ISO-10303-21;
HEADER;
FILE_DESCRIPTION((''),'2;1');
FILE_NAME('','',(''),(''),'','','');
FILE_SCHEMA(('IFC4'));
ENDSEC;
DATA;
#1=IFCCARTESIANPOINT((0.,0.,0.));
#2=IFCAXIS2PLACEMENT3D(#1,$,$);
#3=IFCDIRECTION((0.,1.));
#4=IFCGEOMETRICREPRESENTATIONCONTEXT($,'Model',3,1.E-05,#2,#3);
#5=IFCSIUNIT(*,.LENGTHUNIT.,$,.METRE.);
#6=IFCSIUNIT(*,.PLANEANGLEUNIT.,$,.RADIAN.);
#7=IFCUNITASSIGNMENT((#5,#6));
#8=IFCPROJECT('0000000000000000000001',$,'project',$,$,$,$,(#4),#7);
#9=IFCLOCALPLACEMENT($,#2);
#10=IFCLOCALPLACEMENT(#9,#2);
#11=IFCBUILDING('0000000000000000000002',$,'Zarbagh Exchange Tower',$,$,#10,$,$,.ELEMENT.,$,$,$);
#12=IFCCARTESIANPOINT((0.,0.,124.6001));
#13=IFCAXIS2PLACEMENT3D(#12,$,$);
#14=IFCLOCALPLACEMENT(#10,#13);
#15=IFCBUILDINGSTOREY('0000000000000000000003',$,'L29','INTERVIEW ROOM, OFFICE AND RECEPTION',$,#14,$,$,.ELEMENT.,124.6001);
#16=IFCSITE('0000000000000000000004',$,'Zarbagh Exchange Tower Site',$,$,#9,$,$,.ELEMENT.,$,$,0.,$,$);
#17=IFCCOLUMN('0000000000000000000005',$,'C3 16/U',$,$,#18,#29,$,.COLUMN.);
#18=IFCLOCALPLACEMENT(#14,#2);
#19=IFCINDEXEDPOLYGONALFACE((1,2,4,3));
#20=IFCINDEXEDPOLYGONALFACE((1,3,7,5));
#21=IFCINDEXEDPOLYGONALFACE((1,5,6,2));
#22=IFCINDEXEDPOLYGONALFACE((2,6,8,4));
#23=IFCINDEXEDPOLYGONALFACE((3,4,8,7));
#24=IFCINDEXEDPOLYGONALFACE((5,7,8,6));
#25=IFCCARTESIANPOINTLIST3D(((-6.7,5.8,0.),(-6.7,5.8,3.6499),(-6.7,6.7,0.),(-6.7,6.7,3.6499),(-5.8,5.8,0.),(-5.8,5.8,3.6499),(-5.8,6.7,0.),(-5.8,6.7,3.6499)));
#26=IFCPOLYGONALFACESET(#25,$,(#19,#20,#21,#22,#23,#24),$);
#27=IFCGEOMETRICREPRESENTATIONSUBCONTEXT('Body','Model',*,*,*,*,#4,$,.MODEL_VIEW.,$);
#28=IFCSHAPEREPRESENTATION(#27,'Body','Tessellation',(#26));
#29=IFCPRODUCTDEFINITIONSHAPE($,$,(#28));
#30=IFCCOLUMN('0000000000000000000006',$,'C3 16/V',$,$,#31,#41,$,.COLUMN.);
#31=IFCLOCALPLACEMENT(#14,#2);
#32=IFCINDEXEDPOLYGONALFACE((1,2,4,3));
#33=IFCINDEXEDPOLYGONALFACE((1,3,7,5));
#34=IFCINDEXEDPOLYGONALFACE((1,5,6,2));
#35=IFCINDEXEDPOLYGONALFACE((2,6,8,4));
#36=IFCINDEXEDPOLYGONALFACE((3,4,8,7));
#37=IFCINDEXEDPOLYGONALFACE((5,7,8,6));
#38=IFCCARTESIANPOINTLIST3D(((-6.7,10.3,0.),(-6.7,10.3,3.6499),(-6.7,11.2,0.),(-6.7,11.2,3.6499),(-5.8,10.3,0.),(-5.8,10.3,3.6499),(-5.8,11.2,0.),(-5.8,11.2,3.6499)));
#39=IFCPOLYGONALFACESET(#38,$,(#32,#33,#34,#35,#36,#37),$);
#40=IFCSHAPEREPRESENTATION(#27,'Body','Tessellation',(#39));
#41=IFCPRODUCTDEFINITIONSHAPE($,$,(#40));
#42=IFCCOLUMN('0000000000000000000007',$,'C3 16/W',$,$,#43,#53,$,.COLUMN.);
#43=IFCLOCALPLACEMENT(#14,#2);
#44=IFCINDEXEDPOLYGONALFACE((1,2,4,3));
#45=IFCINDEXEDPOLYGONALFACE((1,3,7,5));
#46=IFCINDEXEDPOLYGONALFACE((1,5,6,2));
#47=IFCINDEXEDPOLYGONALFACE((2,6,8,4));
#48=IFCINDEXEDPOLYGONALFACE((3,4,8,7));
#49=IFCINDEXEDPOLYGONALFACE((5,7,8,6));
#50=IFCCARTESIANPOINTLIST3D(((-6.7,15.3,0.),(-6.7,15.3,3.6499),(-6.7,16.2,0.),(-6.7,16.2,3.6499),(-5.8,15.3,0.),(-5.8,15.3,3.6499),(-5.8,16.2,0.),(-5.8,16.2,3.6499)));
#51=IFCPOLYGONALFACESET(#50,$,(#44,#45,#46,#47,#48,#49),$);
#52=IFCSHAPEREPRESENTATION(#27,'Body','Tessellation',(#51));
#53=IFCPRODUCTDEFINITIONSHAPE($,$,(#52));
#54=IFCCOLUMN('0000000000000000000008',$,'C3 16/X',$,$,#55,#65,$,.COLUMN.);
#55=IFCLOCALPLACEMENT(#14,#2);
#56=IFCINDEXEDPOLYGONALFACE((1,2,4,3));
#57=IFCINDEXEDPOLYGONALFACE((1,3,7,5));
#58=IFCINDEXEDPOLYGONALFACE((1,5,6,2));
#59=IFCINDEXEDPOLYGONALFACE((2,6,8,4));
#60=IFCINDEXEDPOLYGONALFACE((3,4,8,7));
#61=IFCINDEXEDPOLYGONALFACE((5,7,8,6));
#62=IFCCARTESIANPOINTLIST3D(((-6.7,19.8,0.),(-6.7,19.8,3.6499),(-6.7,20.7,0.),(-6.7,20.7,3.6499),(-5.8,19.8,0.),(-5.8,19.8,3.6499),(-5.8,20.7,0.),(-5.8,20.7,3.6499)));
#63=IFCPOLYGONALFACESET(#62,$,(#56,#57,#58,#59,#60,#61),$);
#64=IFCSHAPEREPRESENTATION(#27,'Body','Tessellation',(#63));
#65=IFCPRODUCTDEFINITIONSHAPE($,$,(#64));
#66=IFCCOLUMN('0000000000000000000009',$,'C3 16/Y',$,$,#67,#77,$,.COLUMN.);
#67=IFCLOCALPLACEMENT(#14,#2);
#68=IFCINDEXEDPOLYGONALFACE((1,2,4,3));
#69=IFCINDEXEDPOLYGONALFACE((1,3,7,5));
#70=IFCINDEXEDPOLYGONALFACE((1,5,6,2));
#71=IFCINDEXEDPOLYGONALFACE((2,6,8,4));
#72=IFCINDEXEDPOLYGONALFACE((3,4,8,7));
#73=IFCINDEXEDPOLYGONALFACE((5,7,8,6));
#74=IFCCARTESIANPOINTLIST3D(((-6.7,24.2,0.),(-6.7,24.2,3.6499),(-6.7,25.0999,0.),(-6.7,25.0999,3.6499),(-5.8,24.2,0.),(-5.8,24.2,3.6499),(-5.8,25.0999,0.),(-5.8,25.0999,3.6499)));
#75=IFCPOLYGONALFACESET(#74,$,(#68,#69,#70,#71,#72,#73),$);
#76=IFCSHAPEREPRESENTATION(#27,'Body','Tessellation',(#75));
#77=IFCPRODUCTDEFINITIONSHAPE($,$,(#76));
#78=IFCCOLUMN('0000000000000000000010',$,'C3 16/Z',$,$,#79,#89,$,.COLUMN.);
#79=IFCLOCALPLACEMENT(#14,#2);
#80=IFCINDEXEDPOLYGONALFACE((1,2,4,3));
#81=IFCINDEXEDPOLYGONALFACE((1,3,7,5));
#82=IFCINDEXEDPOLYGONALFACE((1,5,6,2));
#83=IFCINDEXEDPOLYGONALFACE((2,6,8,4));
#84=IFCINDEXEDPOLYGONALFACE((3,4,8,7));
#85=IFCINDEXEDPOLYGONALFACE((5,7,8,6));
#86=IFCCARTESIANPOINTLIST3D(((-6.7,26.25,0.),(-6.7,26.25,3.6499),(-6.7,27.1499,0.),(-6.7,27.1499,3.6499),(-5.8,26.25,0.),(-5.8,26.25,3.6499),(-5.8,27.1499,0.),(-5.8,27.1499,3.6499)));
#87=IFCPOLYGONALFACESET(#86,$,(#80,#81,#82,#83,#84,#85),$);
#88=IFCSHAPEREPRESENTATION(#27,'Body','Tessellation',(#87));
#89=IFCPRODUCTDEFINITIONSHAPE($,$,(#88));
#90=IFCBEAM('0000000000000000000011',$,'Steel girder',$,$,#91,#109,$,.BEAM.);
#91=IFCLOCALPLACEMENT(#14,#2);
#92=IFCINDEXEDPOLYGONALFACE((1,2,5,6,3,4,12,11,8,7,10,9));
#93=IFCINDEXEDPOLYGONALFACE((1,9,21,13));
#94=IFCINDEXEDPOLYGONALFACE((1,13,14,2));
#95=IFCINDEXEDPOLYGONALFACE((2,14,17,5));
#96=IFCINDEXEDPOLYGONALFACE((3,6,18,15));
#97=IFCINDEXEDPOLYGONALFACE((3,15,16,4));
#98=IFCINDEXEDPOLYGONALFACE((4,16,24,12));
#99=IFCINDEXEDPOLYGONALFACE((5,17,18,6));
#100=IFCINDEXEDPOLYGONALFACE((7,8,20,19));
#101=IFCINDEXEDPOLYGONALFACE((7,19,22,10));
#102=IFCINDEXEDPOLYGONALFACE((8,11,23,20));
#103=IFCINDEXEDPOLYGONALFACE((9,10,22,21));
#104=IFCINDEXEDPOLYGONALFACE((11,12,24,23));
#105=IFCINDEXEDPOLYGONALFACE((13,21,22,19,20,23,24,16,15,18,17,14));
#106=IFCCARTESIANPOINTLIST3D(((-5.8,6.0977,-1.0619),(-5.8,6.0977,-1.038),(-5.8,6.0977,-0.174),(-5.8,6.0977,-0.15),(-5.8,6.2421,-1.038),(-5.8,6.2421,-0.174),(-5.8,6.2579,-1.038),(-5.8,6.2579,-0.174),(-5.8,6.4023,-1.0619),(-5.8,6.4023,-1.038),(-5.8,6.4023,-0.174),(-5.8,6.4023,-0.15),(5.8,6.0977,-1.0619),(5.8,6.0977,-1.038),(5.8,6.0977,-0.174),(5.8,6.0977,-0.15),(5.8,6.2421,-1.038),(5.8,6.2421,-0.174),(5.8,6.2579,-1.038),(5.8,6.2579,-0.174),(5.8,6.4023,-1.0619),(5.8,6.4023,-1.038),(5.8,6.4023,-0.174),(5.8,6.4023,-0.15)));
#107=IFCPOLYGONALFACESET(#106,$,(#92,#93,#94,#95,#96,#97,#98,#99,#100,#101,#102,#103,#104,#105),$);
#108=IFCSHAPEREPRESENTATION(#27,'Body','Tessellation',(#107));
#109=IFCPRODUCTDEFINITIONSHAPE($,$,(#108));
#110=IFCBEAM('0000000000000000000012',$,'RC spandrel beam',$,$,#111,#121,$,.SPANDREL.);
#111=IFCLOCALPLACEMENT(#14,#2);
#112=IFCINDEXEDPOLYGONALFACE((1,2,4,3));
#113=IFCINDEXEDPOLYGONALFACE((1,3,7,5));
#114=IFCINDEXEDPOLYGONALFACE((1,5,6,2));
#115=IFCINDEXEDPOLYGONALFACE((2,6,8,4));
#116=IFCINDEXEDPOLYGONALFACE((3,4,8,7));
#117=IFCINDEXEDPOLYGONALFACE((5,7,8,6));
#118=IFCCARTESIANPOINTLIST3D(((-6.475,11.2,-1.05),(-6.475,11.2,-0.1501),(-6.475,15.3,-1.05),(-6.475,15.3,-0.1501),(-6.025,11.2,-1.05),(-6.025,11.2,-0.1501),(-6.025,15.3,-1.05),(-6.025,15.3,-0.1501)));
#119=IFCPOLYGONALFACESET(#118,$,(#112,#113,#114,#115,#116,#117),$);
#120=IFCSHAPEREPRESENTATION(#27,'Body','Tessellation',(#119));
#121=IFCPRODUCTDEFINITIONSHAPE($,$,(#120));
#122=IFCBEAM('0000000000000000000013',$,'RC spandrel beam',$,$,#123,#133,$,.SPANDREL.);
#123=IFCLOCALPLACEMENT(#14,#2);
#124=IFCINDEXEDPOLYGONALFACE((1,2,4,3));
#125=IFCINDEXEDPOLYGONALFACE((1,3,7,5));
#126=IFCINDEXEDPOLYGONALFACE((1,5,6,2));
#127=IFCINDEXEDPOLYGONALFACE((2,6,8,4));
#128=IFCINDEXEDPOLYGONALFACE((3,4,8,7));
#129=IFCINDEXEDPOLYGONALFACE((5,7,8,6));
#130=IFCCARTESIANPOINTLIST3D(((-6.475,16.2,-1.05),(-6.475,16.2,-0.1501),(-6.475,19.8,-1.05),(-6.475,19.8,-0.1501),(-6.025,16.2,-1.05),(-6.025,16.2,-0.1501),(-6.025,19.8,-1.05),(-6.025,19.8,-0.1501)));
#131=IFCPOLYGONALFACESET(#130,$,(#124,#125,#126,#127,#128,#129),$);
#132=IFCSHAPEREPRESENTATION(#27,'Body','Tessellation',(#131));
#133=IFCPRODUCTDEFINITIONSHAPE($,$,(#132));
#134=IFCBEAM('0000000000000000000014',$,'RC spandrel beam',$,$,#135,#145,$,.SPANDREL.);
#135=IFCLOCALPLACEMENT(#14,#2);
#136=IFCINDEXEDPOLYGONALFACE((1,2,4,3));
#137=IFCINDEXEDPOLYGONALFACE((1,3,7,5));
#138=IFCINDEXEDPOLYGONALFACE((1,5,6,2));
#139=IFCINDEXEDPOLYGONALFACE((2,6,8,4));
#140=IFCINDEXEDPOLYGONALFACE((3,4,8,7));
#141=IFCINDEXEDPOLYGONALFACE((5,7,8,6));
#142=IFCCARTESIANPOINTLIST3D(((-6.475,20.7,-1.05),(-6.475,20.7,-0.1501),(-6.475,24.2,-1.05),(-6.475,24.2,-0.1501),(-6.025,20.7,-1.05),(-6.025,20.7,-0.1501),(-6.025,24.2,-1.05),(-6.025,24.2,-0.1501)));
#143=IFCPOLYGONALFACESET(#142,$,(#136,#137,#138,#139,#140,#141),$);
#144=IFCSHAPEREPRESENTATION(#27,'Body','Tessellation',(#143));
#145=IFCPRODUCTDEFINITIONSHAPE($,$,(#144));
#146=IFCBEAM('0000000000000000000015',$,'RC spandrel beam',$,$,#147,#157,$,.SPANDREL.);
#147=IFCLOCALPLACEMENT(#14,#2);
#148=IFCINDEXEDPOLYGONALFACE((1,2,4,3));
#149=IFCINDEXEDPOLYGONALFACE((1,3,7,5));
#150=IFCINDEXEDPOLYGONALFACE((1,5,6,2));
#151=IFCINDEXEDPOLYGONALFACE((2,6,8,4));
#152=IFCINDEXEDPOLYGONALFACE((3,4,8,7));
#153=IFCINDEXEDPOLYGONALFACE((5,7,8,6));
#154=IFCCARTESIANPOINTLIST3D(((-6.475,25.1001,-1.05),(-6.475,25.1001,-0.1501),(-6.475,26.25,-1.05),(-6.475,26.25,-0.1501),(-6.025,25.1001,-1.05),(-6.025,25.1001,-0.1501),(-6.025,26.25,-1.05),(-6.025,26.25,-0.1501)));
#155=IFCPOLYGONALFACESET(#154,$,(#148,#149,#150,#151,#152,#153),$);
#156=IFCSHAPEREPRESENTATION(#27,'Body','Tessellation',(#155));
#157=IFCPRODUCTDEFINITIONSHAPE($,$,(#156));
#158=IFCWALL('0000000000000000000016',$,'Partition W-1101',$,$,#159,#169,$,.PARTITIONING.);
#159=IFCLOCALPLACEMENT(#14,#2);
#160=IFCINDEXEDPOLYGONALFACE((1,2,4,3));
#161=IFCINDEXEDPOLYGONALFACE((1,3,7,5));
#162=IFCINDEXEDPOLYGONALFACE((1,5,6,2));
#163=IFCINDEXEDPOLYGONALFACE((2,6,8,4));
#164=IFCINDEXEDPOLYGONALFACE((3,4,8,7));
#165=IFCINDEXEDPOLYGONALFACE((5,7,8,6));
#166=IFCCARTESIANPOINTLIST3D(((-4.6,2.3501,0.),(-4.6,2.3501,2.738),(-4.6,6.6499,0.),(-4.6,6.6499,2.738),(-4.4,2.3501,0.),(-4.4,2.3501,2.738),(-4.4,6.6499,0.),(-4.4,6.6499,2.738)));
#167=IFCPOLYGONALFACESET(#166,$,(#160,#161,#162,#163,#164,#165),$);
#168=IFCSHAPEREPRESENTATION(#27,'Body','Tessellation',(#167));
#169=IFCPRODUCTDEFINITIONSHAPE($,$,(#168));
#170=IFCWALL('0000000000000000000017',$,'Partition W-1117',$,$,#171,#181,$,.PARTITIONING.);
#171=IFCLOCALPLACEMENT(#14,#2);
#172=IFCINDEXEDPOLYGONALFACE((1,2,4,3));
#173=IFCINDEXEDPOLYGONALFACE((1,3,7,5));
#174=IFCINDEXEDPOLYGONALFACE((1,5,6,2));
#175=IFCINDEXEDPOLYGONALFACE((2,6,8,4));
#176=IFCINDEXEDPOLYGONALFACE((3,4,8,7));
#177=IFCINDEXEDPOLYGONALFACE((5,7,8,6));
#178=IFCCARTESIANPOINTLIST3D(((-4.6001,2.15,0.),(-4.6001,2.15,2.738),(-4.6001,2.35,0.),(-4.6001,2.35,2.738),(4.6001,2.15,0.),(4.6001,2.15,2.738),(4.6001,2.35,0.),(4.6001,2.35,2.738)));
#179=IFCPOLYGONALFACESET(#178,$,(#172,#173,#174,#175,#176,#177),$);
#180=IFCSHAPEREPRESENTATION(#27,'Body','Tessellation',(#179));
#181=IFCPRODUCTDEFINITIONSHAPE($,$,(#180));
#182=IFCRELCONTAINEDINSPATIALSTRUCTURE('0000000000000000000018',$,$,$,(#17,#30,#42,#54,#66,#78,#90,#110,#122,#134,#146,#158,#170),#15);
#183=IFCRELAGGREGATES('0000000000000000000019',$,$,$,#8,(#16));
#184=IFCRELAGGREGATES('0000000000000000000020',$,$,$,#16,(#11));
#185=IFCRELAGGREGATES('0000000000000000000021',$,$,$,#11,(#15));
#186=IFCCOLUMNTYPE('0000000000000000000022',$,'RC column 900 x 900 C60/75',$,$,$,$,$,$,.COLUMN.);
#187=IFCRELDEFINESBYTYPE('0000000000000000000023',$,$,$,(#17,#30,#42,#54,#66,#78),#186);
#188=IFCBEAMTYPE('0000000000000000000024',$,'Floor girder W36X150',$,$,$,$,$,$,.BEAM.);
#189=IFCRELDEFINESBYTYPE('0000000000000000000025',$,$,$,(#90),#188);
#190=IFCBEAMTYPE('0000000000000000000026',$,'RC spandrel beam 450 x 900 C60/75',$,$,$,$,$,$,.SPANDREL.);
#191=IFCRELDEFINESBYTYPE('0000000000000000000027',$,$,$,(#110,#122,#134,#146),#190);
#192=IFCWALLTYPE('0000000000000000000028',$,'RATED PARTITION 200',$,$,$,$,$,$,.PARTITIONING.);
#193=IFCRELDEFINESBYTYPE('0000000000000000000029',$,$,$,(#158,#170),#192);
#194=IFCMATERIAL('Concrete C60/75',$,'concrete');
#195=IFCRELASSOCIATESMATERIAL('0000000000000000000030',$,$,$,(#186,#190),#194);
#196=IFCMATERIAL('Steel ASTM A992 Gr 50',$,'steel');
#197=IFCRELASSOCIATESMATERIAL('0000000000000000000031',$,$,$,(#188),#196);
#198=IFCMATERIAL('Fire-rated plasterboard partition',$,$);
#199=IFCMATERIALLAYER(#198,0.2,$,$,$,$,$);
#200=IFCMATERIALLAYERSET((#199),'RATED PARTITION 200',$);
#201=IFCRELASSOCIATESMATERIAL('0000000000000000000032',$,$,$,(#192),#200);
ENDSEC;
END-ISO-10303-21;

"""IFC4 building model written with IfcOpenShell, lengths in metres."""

from ifc_helpers import new_model, si_unit, direction, frame, frame_2d, origin, origin_2d, place, context, subcontext, project, spatial, rectangle, i_section, extrude, material, layer, layer_set, material_profile, profile_set, type_object, element, save


model = new_model("IFC4")

# Units and contexts
model_context = context("Model", 3, precision=1e-05, world=origin(), true_north=direction((0.0, 1.0)))
body_context = subcontext(model_context, "Body", "Model", "MODEL_VIEW")
ifc_project = project(units=[si_unit("LENGTHUNIT", "METRE"), si_unit("PLANEANGLEUNIT", "RADIAN")], contexts=[model_context])

# Site, building, storey
site_placement = place(None, origin())
site = spatial("IfcSite", under=ifc_project, at=site_placement, Name="Zarbagh Exchange Tower Site", CompositionType="ELEMENT", RefElevation=0.0)
building_placement = place(site_placement, origin())
building = spatial("IfcBuilding", under=site, at=building_placement, Name="Zarbagh Exchange Tower", CompositionType="ELEMENT")
storey_placement = place(building_placement, frame((0.0, 0.0, 124.6001)))
storey = spatial("IfcBuildingStorey", under=building, at=storey_placement, Name="L29", Description="INTERVIEW ROOM, OFFICE AND RECEPTION", CompositionType="ELEMENT", Elevation=124.6001)

# Columns
ifc_material_1 = material(Name="Concrete C60/75", Category="concrete")
ifc_material_profile_1 = material_profile(ifc_material_1, rectangle(XDim=0.8999, YDim=0.8999, at=origin_2d()), Name="RC column 900 x 900 C60/75")
ifc_profile_set_1 = profile_set([ifc_material_profile_1], Name="Concrete C60/75")
column_type = type_object("IfcColumnType", Name="RC column 900 x 900 C60/75", PredefinedType="COLUMN", material=ifc_profile_set_1)
for number, where, z_axis, x_axis, name in (
    (1, (-6.25, 6.25, 0.0), (0.0, 0.0, 1.0), (1.0, 0.0, 0.0), "C3 16/U"),
    (2, (-6.25, 10.75, 0.0), (0.0, 0.0, 1.0), (1.0, 0.0, 0.0), "C3 16/V"),
    (3, (-6.25, 15.75, 0.0), (0.0, 0.0, 1.0), (1.0, 0.0, 0.0), "C3 16/W"),
    (4, (-6.25, 20.25, 0.0), (0.0, 0.0, 1.0), (1.0, 0.0, 0.0), "C3 16/X"),
    (5, (-6.25, 24.6499, 0.0), (0.0, 0.0, 1.0), (1.0, 0.0, 0.0), "C3 16/Y"),
    (6, (-6.25, 26.7, 0.0), (0.0, 0.0, 1.0), (1.0, 0.0, 0.0), "C3 16/Z"),
):
    element("IfcColumn", number, at=place(storey_placement, frame(where, z_axis=z_axis, x_axis=x_axis)), inside=storey, type_object=column_type, Name=name, PredefinedType="COLUMN", context=body_context, shape_type="SweptSolid", body=[
        extrude(rectangle(XDim=0.8999, YDim=0.8999, at=origin_2d()), origin(), (0.0, 0.0, 1.0), 3.6499),
    ])

# Beams
ifc_material_2 = material(Name="Steel ASTM A992 Gr 50", Category="steel")
ifc_material_profile_2 = material_profile(ifc_material_2, i_section(OverallWidth=0.3047, OverallDepth=0.9119, WebThickness=0.0159, FlangeThickness=0.0239, at=origin_2d()), Name="W36X150")
ifc_profile_set_2 = profile_set([ifc_material_profile_2], Name="Steel ASTM A992 Gr 50")
beam_type_1 = type_object("IfcBeamType", Name="Floor girder W36X150", PredefinedType="BEAM", material=ifc_profile_set_2)
beam_1_placement = place(storey_placement, frame((-5.8, 6.25, -0.606), z_axis=(1.0, 0.0, 0.0), x_axis=(0.0, 1.0, 0.0)))
element("IfcBeam", 7, at=beam_1_placement, inside=storey, type_object=beam_type_1, Name="Steel girder", PredefinedType="BEAM", context=body_context, shape_type="SweptSolid", body=[
    extrude(i_section(OverallWidth=0.3047, OverallDepth=0.9119, WebThickness=0.0159, FlangeThickness=0.0239, at=origin_2d()), origin(), (0.0, 0.0, 1.0), 11.6001),
])
ifc_material_profile_3 = material_profile(ifc_material_1, rectangle(XDim=0.45, YDim=0.8999, at=origin_2d()), Name="RC spandrel beam 450 x 900 C60/75")
ifc_profile_set_3 = profile_set([ifc_material_profile_3], Name="Concrete C60/75")
beam_type_2 = type_object("IfcBeamType", Name="RC spandrel beam 450 x 900 C60/75", PredefinedType="SPANDREL", material=ifc_profile_set_3)
beam_2_placement = place(storey_placement, frame((-6.25, 11.2, -0.6001), z_axis=(0.0, 1.0, 0.0), x_axis=(-1.0, 0.0, 0.0)))
element("IfcBeam", 8, at=beam_2_placement, inside=storey, type_object=beam_type_2, Name="RC spandrel beam", PredefinedType="SPANDREL", context=body_context, shape_type="SweptSolid", body=[
    extrude(rectangle(XDim=0.45, YDim=0.8999, at=origin_2d()), origin(), (0.0, 0.0, 1.0), 4.1001),
])
beam_3_placement = place(storey_placement, frame((-6.25, 16.2, -0.6001), z_axis=(0.0, 1.0, 0.0), x_axis=(-1.0, 0.0, 0.0)))
element("IfcBeam", 9, at=beam_3_placement, inside=storey, type_object=beam_type_2, Name="RC spandrel beam", PredefinedType="SPANDREL", context=body_context, shape_type="SweptSolid", body=[
    extrude(rectangle(XDim=0.45, YDim=0.8999, at=origin_2d()), origin(), (0.0, 0.0, 1.0), 3.6001),
])
beam_4_placement = place(storey_placement, frame((-6.25, 20.7, -0.6001), z_axis=(0.0, 1.0, 0.0), x_axis=(-1.0, 0.0, 0.0)))
element("IfcBeam", 10, at=beam_4_placement, inside=storey, type_object=beam_type_2, Name="RC spandrel beam", PredefinedType="SPANDREL", context=body_context, shape_type="SweptSolid", body=[
    extrude(rectangle(XDim=0.45, YDim=0.8999, at=origin_2d()), origin(), (0.0, 0.0, 1.0), 3.5),
])
beam_5_placement = place(storey_placement, frame((-6.25, 25.1001, -0.6001), z_axis=(0.0, 1.0, 0.0), x_axis=(-1.0, 0.0, 0.0)))
element("IfcBeam", 11, at=beam_5_placement, inside=storey, type_object=beam_type_2, Name="RC spandrel beam", PredefinedType="SPANDREL", context=body_context, shape_type="SweptSolid", body=[
    extrude(rectangle(XDim=0.45, YDim=0.8999, at=origin_2d()), origin(), (0.0, 0.0, 1.0), 1.1499),
])

# Walls
ifc_material_3 = material(Name="Fire-rated plasterboard partition")
ifc_layer_1 = layer(ifc_material_3, 0.2)
ifc_layer_set_1 = layer_set([ifc_layer_1], Name="RATED PARTITION 200")
wall_type_1 = type_object("IfcWallType", Name="RATED PARTITION 200", PredefinedType="PARTITIONING", material=ifc_layer_set_1)
wall_1_placement = place(storey_placement, frame((-4.5, 2.3501, 0.0), z_axis=(0.0, 0.0, 1.0), x_axis=(0.0, 1.0, 0.0)))
element("IfcWall", 12, at=wall_1_placement, inside=storey, type_object=wall_type_1, Name="Partition W-1101", PredefinedType="PARTITIONING", context=body_context, shape_type="SweptSolid", body=[
    extrude(rectangle(XDim=4.2998, YDim=0.2, at=frame_2d((2.1499, 0.0))), origin(), (0.0, 0.0, 1.0), 2.738),
])
wall_2_placement = place(storey_placement, frame((-4.6001, 2.25, 0.0), z_axis=(0.0, 0.0, 1.0), x_axis=(1.0, 0.0, 0.0)))
element("IfcWall", 13, at=wall_2_placement, inside=storey, type_object=wall_type_1, Name="Partition W-1117", PredefinedType="PARTITIONING", context=body_context, shape_type="SweptSolid", body=[
    extrude(rectangle(XDim=9.2002, YDim=0.2, at=frame_2d((4.6001, 0.0))), origin(), (0.0, 0.0, 1.0), 2.738),
])

save(model, "model.ifc")
